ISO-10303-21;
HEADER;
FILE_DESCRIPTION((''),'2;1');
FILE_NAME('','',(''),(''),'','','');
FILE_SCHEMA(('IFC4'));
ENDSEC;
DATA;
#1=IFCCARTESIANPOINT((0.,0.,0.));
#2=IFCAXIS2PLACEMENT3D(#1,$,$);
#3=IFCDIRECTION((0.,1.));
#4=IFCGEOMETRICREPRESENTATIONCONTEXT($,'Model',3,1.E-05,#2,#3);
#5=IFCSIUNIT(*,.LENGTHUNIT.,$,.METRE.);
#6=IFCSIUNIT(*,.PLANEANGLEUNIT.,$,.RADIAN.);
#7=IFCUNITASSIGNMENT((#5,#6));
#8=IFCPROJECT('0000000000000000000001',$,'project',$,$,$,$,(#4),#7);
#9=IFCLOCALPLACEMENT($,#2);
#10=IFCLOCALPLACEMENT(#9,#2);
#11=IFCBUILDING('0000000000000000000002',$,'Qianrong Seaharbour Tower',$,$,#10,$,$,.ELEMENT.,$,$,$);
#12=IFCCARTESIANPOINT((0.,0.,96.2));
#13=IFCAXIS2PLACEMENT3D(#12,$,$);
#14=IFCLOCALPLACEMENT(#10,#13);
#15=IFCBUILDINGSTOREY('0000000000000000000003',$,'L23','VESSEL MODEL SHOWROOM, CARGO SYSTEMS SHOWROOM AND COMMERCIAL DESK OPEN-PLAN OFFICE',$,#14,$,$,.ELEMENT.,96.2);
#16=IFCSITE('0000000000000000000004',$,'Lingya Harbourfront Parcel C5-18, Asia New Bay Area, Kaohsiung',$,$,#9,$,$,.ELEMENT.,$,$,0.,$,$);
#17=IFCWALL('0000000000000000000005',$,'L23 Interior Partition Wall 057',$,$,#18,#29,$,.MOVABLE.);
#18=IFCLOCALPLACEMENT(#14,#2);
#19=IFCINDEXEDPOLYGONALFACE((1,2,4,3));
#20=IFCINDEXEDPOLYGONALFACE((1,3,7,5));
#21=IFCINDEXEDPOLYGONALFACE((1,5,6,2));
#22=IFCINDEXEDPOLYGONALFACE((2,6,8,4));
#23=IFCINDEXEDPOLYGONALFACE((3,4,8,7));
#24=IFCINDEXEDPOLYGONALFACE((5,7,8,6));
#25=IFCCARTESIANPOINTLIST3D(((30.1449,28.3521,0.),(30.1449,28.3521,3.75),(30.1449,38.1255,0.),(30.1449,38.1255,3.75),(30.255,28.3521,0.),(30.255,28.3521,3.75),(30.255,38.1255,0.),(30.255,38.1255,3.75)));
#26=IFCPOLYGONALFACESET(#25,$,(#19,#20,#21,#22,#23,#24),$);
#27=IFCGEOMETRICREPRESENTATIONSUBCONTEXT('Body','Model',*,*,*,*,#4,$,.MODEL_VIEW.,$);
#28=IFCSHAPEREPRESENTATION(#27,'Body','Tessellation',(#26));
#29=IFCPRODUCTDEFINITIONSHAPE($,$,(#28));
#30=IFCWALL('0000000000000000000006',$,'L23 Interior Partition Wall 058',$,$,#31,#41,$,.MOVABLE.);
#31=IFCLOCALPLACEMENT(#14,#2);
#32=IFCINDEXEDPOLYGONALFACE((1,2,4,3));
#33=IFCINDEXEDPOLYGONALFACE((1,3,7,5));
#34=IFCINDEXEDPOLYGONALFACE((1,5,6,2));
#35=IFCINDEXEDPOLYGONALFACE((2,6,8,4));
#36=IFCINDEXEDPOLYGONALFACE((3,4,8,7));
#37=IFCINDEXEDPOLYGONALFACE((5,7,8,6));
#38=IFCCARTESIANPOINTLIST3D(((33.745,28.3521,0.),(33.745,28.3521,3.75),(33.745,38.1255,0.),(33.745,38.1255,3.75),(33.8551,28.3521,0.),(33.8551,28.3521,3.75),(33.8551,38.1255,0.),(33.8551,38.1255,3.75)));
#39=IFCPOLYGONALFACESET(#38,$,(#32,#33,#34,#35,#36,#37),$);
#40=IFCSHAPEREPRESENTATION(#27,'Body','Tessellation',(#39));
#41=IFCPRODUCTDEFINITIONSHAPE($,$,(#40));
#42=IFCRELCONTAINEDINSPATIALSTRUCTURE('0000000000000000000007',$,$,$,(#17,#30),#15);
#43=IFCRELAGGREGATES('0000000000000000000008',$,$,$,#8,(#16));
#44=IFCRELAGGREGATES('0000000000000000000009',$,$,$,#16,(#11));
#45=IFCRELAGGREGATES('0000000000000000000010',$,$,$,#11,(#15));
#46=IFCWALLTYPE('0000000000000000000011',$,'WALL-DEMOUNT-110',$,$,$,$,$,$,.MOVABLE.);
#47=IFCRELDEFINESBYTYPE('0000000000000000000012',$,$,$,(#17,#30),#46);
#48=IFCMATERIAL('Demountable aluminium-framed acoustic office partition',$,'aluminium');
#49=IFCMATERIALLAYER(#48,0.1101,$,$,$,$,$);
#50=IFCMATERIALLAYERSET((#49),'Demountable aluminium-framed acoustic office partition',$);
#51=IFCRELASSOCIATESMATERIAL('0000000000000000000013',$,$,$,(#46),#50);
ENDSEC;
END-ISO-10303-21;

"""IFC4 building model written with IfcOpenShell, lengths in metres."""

from ifc_helpers import new_model, si_unit, direction, frame, frame_2d, origin, place, context, subcontext, project, spatial, rectangle, extrude, material, layer, layer_set, type_object, element, save


model = new_model("IFC4")

# Units and contexts
model_context = context("Model", 3, precision=1e-05, world=origin(), true_north=direction((0.0, 1.0)))
body_context = subcontext(model_context, "Body", "Model", "MODEL_VIEW")
ifc_project = project(units=[si_unit("LENGTHUNIT", "METRE"), si_unit("PLANEANGLEUNIT", "RADIAN")], contexts=[model_context])

# Site, building, storey
site_placement = place(None, origin())
site = spatial("IfcSite", under=ifc_project, at=site_placement, Name="Lingya Harbourfront Parcel C5-18, Asia New Bay Area, Kaohsiung", CompositionType="ELEMENT", RefElevation=0.0)
building_placement = place(site_placement, origin())
building = spatial("IfcBuilding", under=site, at=building_placement, Name="Qianrong Seaharbour Tower", CompositionType="ELEMENT")
storey_placement = place(building_placement, frame((0.0, 0.0, 96.2)))
storey = spatial("IfcBuildingStorey", under=building, at=storey_placement, Name="L23", Description="VESSEL MODEL SHOWROOM, CARGO SYSTEMS SHOWROOM AND COMMERCIAL DESK OPEN-PLAN OFFICE", CompositionType="ELEMENT", Elevation=96.2)

# Walls
ifc_material_1 = material(Name="Demountable aluminium-framed acoustic office partition", Category="aluminium")
ifc_layer_1 = layer(ifc_material_1, 0.1101)
ifc_layer_set_1 = layer_set([ifc_layer_1], Name="Demountable aluminium-framed acoustic office partition")
wall_type_1 = type_object("IfcWallType", Name="WALL-DEMOUNT-110", PredefinedType="MOVABLE", material=ifc_layer_set_1)
for number, where, z_axis, x_axis, name in (
    (1, (30.2, 38.1255, 0.0), (0.0, 0.0, 1.0), (0.0, -1.0, 0.0), "L23 Interior Partition Wall 057"),
    (2, (33.8, 38.1255, 0.0), (0.0, 0.0, 1.0), (0.0, -1.0, 0.0), "L23 Interior Partition Wall 058"),
):
    element("IfcWall", number, at=place(storey_placement, frame(where, z_axis=z_axis, x_axis=x_axis)), inside=storey, type_object=wall_type_1, Name=name, PredefinedType="MOVABLE", context=body_context, shape_type="SweptSolid", body=[
        extrude(rectangle(XDim=9.7734, YDim=0.1101, at=frame_2d((4.8867, 0.0))), origin(), (0.0, 0.0, 1.0), 3.75),
    ])

save(model, "model.ifc")
